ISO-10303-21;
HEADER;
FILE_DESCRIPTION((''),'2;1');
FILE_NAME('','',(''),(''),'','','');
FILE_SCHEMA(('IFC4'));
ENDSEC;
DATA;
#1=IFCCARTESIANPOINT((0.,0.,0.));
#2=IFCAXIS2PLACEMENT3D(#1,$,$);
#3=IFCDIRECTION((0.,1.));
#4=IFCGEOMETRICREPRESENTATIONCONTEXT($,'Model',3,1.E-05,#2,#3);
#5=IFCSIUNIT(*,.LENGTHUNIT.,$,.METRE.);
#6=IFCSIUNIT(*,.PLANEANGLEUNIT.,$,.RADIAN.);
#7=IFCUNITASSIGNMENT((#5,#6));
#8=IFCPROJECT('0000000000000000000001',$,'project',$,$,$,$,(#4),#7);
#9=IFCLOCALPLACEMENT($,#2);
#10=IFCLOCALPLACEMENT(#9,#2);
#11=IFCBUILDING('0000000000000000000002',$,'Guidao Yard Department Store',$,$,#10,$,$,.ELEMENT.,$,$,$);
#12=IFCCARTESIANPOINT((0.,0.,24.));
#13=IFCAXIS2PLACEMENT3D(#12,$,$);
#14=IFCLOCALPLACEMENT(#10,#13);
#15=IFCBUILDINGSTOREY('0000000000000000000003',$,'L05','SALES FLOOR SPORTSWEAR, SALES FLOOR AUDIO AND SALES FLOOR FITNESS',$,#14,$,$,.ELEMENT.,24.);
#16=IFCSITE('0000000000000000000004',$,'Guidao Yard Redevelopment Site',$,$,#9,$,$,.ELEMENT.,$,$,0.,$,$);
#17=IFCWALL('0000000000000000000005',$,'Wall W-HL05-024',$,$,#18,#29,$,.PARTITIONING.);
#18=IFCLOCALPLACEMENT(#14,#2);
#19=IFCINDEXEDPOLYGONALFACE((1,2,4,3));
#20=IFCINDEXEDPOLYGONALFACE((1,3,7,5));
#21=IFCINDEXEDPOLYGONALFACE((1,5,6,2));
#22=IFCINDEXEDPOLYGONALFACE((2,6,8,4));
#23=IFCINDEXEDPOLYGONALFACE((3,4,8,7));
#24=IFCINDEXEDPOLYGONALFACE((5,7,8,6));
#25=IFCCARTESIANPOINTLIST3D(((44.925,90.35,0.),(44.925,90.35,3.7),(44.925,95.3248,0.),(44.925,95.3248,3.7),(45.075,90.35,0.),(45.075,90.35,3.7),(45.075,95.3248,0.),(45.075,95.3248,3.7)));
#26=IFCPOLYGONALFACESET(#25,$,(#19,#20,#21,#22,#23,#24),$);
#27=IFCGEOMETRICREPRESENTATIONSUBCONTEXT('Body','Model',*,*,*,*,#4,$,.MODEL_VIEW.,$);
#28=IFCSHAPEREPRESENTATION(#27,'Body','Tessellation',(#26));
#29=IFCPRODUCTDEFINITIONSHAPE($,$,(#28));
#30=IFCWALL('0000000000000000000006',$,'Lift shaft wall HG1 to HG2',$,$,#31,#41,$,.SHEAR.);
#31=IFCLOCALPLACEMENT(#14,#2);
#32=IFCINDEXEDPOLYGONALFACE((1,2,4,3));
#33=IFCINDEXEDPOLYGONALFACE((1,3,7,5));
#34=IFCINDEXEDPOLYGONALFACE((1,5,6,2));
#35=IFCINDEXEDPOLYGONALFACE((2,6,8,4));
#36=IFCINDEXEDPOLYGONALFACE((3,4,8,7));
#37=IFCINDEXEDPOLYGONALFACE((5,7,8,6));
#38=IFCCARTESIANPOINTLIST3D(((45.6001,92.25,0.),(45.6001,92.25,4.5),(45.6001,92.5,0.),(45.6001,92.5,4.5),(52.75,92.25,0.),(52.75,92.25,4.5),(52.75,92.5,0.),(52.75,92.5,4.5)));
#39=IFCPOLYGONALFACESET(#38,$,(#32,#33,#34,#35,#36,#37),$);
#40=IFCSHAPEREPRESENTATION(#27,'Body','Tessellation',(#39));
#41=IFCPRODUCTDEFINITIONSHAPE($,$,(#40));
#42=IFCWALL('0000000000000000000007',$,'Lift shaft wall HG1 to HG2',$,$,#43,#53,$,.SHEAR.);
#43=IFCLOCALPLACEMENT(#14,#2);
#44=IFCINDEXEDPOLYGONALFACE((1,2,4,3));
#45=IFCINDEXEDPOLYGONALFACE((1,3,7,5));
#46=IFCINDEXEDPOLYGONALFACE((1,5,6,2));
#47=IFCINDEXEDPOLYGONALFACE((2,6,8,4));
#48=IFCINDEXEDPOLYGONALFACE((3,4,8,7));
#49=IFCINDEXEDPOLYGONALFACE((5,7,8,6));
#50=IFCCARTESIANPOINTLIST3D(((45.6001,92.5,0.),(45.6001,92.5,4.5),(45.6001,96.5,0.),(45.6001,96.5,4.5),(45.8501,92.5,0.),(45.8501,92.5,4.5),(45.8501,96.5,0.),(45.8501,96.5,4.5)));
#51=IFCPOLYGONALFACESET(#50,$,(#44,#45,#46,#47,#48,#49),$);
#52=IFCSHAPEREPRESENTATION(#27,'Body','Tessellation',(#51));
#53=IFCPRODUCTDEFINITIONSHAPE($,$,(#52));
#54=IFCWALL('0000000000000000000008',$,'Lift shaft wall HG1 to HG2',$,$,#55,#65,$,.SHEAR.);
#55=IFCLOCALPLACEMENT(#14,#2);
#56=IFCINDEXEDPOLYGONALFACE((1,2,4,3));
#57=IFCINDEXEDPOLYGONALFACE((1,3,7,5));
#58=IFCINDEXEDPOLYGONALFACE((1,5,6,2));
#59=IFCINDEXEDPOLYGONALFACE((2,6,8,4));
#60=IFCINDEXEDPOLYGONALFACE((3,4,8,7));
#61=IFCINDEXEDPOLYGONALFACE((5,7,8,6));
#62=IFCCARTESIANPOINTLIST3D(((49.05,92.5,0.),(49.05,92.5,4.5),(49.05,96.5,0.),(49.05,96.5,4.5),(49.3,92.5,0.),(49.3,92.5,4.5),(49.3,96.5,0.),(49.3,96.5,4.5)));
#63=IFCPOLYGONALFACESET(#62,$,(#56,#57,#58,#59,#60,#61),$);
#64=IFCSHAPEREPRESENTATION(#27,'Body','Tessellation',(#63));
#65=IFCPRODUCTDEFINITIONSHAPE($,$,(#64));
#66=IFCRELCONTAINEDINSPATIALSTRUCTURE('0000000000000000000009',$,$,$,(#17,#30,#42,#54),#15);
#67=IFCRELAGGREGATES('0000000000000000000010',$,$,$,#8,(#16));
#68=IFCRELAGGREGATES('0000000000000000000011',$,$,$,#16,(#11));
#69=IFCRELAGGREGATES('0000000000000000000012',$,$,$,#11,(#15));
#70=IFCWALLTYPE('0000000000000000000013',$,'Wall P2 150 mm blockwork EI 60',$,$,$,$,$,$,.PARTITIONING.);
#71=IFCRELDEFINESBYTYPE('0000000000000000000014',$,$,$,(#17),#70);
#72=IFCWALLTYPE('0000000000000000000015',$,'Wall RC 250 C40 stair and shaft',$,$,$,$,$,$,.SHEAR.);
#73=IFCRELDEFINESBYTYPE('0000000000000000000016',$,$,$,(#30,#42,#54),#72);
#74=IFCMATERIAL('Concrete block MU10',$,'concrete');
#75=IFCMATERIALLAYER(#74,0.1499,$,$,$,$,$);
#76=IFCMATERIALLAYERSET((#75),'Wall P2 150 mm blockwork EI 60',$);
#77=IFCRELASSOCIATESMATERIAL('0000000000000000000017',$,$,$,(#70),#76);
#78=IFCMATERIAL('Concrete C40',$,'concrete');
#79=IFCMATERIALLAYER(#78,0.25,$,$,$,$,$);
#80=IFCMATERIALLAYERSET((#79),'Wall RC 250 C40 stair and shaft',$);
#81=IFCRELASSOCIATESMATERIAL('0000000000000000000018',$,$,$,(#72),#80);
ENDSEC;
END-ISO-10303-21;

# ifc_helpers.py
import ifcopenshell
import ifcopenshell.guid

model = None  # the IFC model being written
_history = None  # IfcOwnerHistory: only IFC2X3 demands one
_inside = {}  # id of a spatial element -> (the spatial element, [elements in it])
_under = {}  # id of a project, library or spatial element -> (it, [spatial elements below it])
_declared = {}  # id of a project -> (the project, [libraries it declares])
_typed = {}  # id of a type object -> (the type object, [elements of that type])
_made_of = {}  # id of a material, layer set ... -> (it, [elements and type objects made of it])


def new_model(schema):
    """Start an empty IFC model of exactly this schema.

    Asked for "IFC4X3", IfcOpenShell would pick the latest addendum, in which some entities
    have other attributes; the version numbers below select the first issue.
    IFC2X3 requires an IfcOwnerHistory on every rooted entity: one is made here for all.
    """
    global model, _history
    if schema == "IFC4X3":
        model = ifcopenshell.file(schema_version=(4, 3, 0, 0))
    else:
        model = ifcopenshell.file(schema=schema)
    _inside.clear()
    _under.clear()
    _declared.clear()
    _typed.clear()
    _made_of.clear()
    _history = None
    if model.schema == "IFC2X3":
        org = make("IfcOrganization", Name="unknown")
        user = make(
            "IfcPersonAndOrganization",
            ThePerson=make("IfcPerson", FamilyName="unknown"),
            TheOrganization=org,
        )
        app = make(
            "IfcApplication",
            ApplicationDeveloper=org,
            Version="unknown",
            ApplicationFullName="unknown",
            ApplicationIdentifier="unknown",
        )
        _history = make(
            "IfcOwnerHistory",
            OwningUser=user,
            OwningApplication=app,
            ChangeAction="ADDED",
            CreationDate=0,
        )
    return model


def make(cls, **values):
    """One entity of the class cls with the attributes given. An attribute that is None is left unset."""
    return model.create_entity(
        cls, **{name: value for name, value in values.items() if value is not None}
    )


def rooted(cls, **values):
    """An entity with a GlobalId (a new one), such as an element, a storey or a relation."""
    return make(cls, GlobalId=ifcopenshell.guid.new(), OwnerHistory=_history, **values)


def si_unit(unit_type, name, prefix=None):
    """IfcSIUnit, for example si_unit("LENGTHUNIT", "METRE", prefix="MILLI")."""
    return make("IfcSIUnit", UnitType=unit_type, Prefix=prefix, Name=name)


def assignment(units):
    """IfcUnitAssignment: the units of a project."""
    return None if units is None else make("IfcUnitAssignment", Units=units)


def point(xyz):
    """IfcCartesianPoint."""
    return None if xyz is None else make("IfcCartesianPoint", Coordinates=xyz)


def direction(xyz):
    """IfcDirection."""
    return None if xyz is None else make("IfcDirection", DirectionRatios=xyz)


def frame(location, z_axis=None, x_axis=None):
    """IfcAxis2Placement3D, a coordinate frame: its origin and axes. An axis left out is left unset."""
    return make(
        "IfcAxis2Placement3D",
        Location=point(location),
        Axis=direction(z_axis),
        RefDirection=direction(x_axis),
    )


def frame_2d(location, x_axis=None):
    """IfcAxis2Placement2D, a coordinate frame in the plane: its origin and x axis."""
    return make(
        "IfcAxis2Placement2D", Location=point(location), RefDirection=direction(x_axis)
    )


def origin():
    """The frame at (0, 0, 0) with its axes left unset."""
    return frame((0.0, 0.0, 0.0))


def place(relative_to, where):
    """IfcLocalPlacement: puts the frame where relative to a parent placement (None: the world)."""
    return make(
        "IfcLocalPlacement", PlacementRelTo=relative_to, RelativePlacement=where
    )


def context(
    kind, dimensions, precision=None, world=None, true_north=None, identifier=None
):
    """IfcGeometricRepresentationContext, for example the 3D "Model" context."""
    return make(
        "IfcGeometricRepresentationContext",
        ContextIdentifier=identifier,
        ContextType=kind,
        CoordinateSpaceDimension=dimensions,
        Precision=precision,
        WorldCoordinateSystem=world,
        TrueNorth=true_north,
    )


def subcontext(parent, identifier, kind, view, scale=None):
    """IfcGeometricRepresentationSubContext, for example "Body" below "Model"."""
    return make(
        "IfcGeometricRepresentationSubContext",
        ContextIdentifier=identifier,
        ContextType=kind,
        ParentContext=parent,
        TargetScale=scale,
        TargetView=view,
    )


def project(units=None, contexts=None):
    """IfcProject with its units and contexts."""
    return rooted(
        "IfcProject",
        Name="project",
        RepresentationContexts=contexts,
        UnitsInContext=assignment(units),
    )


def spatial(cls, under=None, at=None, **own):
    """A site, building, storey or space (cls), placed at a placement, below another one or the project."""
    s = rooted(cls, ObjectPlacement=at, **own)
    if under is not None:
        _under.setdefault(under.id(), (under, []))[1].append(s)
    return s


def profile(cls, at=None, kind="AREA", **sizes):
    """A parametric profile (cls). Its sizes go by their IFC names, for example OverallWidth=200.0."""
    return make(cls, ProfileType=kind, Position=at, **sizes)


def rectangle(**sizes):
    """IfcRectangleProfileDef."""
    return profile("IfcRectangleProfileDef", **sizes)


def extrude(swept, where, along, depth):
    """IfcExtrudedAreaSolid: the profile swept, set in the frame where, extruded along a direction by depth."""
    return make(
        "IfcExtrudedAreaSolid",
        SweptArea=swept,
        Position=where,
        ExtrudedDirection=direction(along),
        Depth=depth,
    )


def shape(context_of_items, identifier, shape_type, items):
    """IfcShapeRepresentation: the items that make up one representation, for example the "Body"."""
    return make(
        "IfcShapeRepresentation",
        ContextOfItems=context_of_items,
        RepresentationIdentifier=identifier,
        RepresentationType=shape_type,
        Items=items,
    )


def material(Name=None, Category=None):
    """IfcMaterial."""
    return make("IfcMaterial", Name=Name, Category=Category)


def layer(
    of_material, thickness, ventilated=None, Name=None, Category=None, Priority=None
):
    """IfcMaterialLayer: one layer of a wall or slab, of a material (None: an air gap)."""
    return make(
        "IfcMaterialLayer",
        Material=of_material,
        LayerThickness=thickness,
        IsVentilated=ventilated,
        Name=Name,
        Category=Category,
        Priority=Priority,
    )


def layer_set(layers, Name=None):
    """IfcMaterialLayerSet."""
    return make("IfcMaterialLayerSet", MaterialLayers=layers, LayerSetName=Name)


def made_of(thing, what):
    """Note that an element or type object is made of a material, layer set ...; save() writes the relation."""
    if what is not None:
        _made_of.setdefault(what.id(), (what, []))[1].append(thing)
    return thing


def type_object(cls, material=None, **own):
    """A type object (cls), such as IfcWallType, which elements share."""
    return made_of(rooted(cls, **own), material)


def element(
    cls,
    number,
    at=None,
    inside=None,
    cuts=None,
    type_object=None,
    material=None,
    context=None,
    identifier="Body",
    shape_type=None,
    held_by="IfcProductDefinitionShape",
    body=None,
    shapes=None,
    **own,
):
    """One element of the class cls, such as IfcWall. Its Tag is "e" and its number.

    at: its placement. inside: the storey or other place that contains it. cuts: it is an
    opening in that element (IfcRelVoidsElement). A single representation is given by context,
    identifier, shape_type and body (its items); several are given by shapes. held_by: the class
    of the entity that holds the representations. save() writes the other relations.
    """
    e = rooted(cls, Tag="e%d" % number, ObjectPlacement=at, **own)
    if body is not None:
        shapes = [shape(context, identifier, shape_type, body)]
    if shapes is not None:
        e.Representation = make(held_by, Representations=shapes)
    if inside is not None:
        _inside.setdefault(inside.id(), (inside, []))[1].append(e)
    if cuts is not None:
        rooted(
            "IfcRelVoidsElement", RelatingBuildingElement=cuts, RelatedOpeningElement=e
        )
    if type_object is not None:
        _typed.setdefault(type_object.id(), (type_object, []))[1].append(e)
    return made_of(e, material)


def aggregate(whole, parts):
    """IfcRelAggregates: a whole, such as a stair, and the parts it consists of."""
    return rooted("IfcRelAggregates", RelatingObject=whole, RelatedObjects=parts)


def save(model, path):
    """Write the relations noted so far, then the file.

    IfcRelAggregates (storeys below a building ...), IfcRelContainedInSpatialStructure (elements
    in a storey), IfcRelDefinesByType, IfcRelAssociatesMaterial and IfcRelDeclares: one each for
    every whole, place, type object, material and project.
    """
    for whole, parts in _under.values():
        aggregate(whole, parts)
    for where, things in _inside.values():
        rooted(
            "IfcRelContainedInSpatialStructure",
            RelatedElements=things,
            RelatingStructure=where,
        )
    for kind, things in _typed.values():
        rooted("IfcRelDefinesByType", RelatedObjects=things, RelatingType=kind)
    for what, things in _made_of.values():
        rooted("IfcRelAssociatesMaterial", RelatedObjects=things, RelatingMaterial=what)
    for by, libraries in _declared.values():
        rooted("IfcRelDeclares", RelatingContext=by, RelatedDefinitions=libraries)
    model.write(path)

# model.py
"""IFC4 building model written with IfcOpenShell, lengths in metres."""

from ifc_helpers import new_model, si_unit, direction, frame, frame_2d, origin, place, context, subcontext, project, spatial, rectangle, extrude, material, layer, layer_set, type_object, element, save


model = new_model("IFC4")

# Units and contexts
model_context = context("Model", 3, precision=1e-05, world=origin(), true_north=direction((0.0, 1.0)))
body_context = subcontext(model_context, "Body", "Model", "MODEL_VIEW")
ifc_project = project(units=[si_unit("LENGTHUNIT", "METRE"), si_unit("PLANEANGLEUNIT", "RADIAN")], contexts=[model_context])

# Site, building, storey
site_placement = place(None, origin())
site = spatial("IfcSite", under=ifc_project, at=site_placement, Name="Guidao Yard Redevelopment Site", CompositionType="ELEMENT", RefElevation=0.0)
building_placement = place(site_placement, origin())
building = spatial("IfcBuilding", under=site, at=building_placement, Name="Guidao Yard Department Store", CompositionType="ELEMENT")
storey_placement = place(building_placement, frame((0.0, 0.0, 24.0)))
storey = spatial("IfcBuildingStorey", under=building, at=storey_placement, Name="L05", Description="SALES FLOOR SPORTSWEAR, SALES FLOOR AUDIO AND SALES FLOOR FITNESS", CompositionType="ELEMENT", Elevation=24.0)

# Walls
ifc_material_1 = material(Name="Concrete block MU10", Category="concrete")
ifc_layer_1 = layer(ifc_material_1, 0.1499)
ifc_layer_set_1 = layer_set([ifc_layer_1], Name="Wall P2 150 mm blockwork EI 60")
wall_type_1 = type_object("IfcWallType", Name="Wall P2 150 mm blockwork EI 60", PredefinedType="PARTITIONING", material=ifc_layer_set_1)
for number, where, z_axis, x_axis, name in (
    (1, (45.0, 90.3501, 0.0), (0.0, 0.0, 1.0), (0.0, 1.0, 0.0), "Wall W-HL05-024"),
):
    element("IfcWall", number, at=place(storey_placement, frame(where, z_axis=z_axis, x_axis=x_axis)), inside=storey, type_object=wall_type_1, Name=name, PredefinedType="PARTITIONING", context=body_context, shape_type="SweptSolid", body=[
        extrude(rectangle(XDim=4.9749, YDim=0.1499, at=frame_2d((2.4873, 0.0))), origin(), (0.0, 0.0, 1.0), 3.7),
    ])
ifc_material_2 = material(Name="Concrete C40", Category="concrete")
ifc_layer_2 = layer(ifc_material_2, 0.25)
ifc_layer_set_2 = layer_set([ifc_layer_2], Name="Wall RC 250 C40 stair and shaft")
wall_type_2 = type_object("IfcWallType", Name="Wall RC 250 C40 stair and shaft", PredefinedType="SHEAR", material=ifc_layer_set_2)
wall_1_placement = place(storey_placement, frame((45.6001, 92.375, 0.0), z_axis=(0.0, 0.0, 1.0), x_axis=(1.0, 0.0, 0.0)))
element("IfcWall", 2, at=wall_1_placement, inside=storey, type_object=wall_type_2, Name="Lift shaft wall HG1 to HG2", PredefinedType="SHEAR", context=body_context, shape_type="SweptSolid", body=[
    extrude(rectangle(XDim=7.1499, YDim=0.25, at=frame_2d((3.575, 0.0))), origin(), (0.0, 0.0, 1.0), 4.5),
])
for number, where, z_axis, x_axis, name in (
    (3, (45.7251, 92.5, 0.0), (0.0, 0.0, 1.0), (0.0, 1.0, 0.0), "Lift shaft wall HG1 to HG2"),
    (4, (49.175, 92.5, 0.0), (0.0, 0.0, 1.0), (0.0, 1.0, 0.0), "Lift shaft wall HG1 to HG2"),
):
    element("IfcWall", number, at=place(storey_placement, frame(where, z_axis=z_axis, x_axis=x_axis)), inside=storey, type_object=wall_type_2, Name=name, PredefinedType="SHEAR", context=body_context, shape_type="SweptSolid", body=[
        extrude(rectangle(XDim=4.0, YDim=0.25, at=frame_2d((2.0, 0.0))), origin(), (0.0, 0.0, 1.0), 4.5),
    ])

save(model, "model.ifc")
